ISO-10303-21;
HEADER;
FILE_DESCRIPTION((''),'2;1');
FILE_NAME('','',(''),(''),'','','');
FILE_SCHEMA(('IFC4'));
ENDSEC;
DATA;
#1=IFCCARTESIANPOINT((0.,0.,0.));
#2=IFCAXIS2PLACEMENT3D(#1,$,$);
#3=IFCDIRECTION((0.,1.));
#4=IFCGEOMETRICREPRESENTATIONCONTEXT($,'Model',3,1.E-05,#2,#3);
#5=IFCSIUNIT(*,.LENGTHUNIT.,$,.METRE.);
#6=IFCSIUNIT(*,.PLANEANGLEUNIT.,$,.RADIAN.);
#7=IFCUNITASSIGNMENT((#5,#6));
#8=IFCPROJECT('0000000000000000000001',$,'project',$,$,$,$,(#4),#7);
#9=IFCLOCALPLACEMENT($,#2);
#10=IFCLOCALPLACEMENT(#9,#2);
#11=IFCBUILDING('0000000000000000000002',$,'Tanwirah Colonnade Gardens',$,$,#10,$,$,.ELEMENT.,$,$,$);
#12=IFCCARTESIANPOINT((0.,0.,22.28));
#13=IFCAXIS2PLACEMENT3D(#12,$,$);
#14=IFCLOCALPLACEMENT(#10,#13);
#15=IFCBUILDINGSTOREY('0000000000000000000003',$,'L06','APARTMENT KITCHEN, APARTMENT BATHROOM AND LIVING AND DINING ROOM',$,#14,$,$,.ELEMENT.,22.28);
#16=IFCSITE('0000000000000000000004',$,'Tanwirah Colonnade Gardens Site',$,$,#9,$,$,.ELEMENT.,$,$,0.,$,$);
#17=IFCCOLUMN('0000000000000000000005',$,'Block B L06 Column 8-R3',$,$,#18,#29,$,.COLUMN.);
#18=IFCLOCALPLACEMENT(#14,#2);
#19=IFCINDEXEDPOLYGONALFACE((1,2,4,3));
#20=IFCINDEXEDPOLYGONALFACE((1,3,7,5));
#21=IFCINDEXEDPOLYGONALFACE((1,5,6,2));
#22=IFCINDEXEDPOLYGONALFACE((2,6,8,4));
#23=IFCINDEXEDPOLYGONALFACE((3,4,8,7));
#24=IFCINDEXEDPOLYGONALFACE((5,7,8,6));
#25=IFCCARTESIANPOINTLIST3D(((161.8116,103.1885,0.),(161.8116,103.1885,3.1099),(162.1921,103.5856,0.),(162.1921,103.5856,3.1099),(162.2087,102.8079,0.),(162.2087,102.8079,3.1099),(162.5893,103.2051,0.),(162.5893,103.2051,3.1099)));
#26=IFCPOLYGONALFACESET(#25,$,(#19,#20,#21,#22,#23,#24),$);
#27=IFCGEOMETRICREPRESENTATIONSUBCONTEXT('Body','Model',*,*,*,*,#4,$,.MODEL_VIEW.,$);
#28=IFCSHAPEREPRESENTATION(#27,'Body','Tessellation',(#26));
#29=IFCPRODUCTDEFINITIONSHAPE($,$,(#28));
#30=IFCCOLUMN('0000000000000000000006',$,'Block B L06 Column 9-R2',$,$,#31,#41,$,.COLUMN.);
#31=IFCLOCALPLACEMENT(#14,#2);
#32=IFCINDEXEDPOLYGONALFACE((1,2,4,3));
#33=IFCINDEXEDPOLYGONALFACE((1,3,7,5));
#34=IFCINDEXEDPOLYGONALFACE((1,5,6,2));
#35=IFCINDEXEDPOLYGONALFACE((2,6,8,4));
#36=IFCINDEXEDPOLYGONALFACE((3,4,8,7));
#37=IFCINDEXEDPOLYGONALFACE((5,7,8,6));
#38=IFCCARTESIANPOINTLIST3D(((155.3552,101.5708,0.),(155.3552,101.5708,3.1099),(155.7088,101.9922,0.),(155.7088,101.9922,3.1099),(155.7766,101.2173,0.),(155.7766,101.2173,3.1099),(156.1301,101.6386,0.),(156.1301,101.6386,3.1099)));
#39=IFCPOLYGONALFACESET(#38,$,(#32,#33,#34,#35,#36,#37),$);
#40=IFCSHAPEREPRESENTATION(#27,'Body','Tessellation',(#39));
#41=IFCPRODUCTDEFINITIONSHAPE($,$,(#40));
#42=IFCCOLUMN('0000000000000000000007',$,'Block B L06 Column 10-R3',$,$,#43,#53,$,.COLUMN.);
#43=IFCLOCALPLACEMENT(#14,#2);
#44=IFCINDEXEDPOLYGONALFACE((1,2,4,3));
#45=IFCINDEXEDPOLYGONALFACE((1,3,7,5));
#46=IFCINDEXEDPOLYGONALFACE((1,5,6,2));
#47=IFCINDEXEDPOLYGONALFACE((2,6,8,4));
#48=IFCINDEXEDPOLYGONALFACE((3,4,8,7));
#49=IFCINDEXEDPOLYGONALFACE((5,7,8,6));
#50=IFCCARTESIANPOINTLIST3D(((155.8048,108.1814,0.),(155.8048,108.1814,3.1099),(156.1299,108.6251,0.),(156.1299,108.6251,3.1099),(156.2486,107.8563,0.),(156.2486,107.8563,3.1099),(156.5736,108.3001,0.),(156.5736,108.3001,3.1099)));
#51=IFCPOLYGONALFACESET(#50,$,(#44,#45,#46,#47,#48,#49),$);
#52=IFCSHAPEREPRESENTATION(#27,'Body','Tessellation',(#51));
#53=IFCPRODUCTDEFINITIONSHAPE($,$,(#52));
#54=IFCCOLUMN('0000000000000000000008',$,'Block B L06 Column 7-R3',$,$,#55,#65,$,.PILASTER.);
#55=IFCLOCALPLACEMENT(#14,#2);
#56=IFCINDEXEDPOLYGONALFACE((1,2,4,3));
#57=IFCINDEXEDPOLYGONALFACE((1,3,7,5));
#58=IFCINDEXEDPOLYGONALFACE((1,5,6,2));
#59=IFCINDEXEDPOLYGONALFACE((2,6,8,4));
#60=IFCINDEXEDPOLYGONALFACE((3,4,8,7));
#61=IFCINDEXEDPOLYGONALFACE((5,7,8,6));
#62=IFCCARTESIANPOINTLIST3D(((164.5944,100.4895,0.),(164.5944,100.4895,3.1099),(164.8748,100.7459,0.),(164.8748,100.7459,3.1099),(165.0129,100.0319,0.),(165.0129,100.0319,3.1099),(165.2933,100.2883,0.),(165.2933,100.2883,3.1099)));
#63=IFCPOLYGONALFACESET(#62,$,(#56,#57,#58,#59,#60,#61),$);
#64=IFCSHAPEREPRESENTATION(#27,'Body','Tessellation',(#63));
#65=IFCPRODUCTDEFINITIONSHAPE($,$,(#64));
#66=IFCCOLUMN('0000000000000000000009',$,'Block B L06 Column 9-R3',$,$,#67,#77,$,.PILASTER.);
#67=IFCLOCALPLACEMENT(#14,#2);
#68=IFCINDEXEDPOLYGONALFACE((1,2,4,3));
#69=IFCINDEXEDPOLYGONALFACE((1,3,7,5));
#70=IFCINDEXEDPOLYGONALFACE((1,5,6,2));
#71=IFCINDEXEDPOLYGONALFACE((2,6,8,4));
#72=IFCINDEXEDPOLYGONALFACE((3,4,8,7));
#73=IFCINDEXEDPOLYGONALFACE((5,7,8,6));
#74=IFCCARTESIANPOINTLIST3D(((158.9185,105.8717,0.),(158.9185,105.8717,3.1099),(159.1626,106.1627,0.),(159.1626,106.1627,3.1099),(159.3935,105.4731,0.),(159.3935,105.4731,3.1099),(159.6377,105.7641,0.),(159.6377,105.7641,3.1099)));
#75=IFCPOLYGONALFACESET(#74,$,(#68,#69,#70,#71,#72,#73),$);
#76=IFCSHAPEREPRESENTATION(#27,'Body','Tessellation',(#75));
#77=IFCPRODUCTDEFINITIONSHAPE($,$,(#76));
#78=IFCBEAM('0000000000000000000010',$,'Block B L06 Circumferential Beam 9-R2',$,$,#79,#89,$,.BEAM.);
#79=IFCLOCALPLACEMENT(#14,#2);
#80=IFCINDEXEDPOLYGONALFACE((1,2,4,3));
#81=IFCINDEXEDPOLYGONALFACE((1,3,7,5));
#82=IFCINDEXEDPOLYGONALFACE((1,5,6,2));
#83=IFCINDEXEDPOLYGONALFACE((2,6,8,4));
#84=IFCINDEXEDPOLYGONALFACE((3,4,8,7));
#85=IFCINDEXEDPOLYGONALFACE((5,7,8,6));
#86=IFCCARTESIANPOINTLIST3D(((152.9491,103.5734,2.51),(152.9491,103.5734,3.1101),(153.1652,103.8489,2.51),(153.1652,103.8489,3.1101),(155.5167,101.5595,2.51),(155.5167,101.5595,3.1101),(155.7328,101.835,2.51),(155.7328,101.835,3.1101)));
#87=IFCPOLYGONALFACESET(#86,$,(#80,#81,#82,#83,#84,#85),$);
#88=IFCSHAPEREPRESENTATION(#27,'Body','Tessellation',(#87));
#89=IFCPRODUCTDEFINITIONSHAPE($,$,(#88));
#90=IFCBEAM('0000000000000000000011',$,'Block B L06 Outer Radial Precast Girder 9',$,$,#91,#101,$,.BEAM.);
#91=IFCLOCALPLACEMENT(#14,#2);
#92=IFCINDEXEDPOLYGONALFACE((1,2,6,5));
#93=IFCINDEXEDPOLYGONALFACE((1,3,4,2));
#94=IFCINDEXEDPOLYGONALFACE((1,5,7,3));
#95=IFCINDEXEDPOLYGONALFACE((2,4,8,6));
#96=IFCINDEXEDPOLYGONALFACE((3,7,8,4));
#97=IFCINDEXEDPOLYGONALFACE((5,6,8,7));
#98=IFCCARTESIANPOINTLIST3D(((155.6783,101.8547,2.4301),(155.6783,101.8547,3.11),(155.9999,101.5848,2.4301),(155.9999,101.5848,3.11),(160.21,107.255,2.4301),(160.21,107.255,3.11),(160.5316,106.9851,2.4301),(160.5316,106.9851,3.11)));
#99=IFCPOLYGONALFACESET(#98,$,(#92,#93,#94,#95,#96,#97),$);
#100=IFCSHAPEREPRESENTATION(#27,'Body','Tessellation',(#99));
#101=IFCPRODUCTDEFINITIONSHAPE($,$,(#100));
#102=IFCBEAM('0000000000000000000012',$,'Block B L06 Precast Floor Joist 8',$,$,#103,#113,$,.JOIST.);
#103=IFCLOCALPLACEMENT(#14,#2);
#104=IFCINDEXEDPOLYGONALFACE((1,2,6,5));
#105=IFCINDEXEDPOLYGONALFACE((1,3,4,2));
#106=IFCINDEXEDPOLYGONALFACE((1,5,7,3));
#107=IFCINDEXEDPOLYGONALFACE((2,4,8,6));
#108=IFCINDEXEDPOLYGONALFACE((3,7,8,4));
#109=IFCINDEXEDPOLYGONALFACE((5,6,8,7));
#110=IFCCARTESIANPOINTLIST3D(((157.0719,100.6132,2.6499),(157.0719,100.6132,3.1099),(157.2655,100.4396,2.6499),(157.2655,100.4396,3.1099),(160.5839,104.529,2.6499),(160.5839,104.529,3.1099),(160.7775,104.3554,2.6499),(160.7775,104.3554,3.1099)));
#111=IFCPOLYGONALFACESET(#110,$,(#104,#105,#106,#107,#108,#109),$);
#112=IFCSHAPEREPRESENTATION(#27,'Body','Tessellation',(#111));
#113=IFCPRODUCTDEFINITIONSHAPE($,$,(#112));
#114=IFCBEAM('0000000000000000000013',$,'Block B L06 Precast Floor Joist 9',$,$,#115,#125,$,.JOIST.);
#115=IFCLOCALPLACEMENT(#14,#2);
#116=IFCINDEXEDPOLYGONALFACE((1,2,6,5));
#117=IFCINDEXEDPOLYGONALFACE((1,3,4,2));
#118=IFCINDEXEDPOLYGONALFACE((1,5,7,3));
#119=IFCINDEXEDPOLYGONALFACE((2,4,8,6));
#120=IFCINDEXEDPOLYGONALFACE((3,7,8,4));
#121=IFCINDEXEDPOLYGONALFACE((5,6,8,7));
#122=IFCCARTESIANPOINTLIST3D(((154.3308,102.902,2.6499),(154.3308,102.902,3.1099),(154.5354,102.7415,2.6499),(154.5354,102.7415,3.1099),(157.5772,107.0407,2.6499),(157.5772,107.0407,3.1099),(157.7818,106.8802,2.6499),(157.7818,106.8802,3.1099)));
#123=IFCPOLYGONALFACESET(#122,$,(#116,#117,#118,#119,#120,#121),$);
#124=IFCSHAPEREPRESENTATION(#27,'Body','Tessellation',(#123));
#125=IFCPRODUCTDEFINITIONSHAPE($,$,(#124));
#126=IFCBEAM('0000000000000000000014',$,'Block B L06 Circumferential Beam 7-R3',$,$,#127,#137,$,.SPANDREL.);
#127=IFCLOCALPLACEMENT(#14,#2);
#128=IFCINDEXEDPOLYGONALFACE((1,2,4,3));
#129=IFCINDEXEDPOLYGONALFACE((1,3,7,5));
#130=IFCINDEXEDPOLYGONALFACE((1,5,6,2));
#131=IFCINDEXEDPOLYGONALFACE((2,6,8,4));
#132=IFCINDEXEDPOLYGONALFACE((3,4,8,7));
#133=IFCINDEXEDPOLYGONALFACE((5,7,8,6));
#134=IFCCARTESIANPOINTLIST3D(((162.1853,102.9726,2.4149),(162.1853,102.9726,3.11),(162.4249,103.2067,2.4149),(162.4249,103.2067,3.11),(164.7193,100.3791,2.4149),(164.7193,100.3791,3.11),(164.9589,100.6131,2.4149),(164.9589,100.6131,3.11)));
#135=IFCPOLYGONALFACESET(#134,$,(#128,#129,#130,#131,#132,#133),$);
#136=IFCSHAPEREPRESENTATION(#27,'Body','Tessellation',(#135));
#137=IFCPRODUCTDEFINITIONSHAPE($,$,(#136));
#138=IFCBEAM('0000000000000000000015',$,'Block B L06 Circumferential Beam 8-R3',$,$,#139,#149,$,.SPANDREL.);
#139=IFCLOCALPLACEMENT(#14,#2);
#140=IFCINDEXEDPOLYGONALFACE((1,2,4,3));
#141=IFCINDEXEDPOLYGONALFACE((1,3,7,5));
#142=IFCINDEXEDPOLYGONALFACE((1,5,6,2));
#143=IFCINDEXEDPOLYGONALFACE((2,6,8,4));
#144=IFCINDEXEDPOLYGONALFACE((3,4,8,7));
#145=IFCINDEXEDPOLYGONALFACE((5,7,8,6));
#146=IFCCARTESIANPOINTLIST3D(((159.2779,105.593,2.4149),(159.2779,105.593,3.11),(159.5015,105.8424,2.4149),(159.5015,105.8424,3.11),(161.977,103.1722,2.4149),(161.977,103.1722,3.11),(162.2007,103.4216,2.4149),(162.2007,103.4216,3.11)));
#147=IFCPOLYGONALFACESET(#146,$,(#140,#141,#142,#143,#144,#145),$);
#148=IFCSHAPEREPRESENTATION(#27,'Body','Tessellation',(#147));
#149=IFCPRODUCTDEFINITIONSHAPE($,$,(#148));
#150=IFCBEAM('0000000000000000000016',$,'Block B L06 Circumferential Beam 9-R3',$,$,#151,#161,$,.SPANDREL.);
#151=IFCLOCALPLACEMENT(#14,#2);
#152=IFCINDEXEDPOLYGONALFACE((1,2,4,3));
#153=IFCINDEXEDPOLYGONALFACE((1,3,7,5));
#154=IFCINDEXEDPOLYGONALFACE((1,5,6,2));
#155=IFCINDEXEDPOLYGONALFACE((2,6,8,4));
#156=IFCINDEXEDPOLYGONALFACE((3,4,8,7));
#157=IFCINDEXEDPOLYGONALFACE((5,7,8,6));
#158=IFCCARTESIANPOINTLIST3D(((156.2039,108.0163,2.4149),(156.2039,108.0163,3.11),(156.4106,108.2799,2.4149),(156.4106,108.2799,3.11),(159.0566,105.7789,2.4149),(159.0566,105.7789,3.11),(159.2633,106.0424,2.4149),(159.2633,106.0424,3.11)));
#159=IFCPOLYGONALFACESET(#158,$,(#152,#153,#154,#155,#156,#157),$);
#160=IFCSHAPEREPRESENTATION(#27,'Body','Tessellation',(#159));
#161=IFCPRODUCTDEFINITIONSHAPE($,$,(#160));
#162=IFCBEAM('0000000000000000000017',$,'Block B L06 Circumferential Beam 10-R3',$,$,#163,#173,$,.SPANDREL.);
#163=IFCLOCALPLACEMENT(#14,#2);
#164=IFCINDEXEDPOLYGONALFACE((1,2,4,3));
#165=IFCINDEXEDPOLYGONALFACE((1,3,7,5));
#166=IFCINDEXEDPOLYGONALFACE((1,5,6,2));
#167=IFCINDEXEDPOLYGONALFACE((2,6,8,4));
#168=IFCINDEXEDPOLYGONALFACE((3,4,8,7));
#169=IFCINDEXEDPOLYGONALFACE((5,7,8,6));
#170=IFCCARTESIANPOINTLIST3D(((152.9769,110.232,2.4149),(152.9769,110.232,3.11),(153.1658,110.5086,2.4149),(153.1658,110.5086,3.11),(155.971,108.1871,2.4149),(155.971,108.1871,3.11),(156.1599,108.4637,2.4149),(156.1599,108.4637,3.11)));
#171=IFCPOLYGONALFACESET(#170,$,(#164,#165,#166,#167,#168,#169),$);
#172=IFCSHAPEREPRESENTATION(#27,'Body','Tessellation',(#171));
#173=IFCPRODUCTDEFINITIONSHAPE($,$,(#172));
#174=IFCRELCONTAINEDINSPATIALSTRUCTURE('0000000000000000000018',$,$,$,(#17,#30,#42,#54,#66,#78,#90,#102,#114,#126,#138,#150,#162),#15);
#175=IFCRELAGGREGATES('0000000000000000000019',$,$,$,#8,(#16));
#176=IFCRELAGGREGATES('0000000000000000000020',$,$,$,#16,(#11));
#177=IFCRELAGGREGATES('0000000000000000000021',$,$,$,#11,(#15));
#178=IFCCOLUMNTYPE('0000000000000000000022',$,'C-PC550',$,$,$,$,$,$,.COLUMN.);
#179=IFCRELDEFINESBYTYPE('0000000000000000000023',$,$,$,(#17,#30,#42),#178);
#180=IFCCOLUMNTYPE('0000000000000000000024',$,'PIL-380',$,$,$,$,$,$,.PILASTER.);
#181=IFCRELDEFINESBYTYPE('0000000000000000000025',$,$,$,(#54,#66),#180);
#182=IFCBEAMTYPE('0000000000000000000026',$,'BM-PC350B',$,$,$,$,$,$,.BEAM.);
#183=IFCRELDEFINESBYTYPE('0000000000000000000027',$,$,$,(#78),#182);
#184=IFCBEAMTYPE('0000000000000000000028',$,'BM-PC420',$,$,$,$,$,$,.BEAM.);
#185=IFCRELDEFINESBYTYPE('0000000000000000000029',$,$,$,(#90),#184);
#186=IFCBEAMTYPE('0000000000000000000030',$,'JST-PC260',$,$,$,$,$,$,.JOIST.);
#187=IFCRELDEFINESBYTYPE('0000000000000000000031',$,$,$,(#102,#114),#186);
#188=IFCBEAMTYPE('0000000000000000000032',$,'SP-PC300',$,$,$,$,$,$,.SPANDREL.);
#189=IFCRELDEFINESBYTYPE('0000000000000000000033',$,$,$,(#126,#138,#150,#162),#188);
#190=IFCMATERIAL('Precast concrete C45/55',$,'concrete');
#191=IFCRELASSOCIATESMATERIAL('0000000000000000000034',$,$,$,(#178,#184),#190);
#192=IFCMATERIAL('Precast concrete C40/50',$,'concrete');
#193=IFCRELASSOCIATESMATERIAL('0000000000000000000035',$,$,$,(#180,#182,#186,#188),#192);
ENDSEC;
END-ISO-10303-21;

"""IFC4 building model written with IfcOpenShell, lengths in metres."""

from ifc_helpers import new_model, si_unit, direction, frame, origin, origin_2d, place, context, subcontext, project, spatial, rectangle, extrude, material, material_profile, profile_set, type_object, element, save


model = new_model("IFC4")

# Units and contexts
model_context = context("Model", 3, precision=1e-05, world=origin(), true_north=direction((0.0, 1.0)))
body_context = subcontext(model_context, "Body", "Model", "MODEL_VIEW")
ifc_project = project(units=[si_unit("LENGTHUNIT", "METRE"), si_unit("PLANEANGLEUNIT", "RADIAN")], contexts=[model_context])

# Site, building, storey
site_placement = place(None, origin())
site = spatial("IfcSite", under=ifc_project, at=site_placement, Name="Tanwirah Colonnade Gardens Site", CompositionType="ELEMENT", RefElevation=0.0)
building_placement = place(site_placement, origin())
building = spatial("IfcBuilding", under=site, at=building_placement, Name="Tanwirah Colonnade Gardens", CompositionType="ELEMENT")
storey_placement = place(building_placement, frame((0.0, 0.0, 22.28)))
storey = spatial("IfcBuildingStorey", under=building, at=storey_placement, Name="L06", Description="APARTMENT KITCHEN, APARTMENT BATHROOM AND LIVING AND DINING ROOM", CompositionType="ELEMENT", Elevation=22.28)

# Columns
ifc_material_1 = material(Name="Precast concrete C45/55", Category="concrete")
ifc_material_profile_1 = material_profile(ifc_material_1, rectangle(XDim=0.55, YDim=0.55, at=origin_2d()), Name="PC-COL 550x550")
ifc_profile_set_1 = profile_set([ifc_material_profile_1], Name="Precast concrete C45/55")
column_type_1 = type_object("IfcColumnType", Name="C-PC550", PredefinedType="COLUMN", material=ifc_profile_set_1)
for number, where, z_axis, x_axis, name in (
    (1, (162.2004, 103.1968, 0.0), (0.0, 0.0, 1.0), (0.691863, 0.722029, 0.0), "Block B L06 Column 8-R3"),
    (2, (155.7427, 101.6047, 0.0), (0.0, 0.0, 1.0), (0.642788, 0.766044, 0.0), "Block B L06 Column 9-R2"),
    (3, (156.1892, 108.2407, 0.0), (0.0, 0.0, 1.0), (0.590919, 0.806731, 0.0), "Block B L06 Column 10-R3"),
):
    element("IfcColumn", number, at=place(storey_placement, frame(where, z_axis=z_axis, x_axis=x_axis)), inside=storey, type_object=column_type_1, Name=name, PredefinedType="COLUMN", context=body_context, shape_type="SweptSolid", body=[
        extrude(rectangle(XDim=0.55, YDim=0.55, at=origin_2d()), origin(), (0.0, 0.0, 1.0), 3.1099),
    ])
ifc_material_2 = material(Name="Precast concrete C40/50", Category="concrete")
ifc_material_profile_2 = material_profile(ifc_material_2, rectangle(XDim=0.3799, YDim=0.6201, at=origin_2d()), Name="PC-PIL 380x620")
ifc_profile_set_2 = profile_set([ifc_material_profile_2], Name="Precast concrete C40/50")
column_type_2 = type_object("IfcColumnType", Name="PIL-380", PredefinedType="PILASTER", material=ifc_profile_set_2)
for number, where, z_axis, x_axis, name in (
    (4, (164.9438, 100.3889, 0.0), (0.0, 0.0, 1.0), (0.737932, 0.674875, 0.0), "Block B L06 Column 7-R3"),
    (5, (159.2781, 105.8179, 0.0), (0.0, 0.0, 1.0), (0.642788, 0.766044, 0.0), "Block B L06 Column 9-R3"),
):
    element("IfcColumn", number, at=place(storey_placement, frame(where, z_axis=z_axis, x_axis=x_axis)), inside=storey, type_object=column_type_2, Name=name, PredefinedType="PILASTER", context=body_context, shape_type="SweptSolid", body=[
        extrude(rectangle(XDim=0.3799, YDim=0.6201, at=origin_2d()), origin(), (0.0, 0.0, 1.0), 3.1099),
    ])

# Beams
ifc_material_profile_3 = material_profile(ifc_material_2, rectangle(XDim=0.3501, YDim=0.6001, at=origin_2d()), Name="PC-BM 350x600")
ifc_profile_set_3 = profile_set([ifc_material_profile_3], Name="Precast concrete C40/50")
beam_type_1 = type_object("IfcBeamType", Name="BM-PC350B", PredefinedType="BEAM", material=ifc_profile_set_3)
beam_1_placement = place(storey_placement, frame((155.6248, 101.6973, 2.8101), z_axis=(-0.78684, 0.617157, 0.0), x_axis=(-0.617157, -0.78684, 0.0)))
element("IfcBeam", 6, at=beam_1_placement, inside=storey, type_object=beam_type_1, Name="Block B L06 Circumferential Beam 9-R2", PredefinedType="BEAM", context=body_context, shape_type="SweptSolid", body=[
    extrude(rectangle(XDim=0.3501, YDim=0.6001, at=origin_2d()), origin(), (0.0, 0.0, 1.0), 3.2632),
])
ifc_material_profile_4 = material_profile(ifc_material_1, rectangle(XDim=0.4199, YDim=0.6799, at=origin_2d()), Name="PC-BM 420x680")
ifc_profile_set_4 = profile_set([ifc_material_profile_4], Name="Precast concrete C45/55")
beam_type_2 = type_object("IfcBeamType", Name="BM-PC420", PredefinedType="BEAM", material=ifc_profile_set_4)
beam_2_placement = place(storey_placement, frame((155.8391, 101.7197, 2.77), z_axis=(0.64281, 0.766025, 0.0), x_axis=(-0.766025, 0.64281, 0.0)))
element("IfcBeam", 7, at=beam_2_placement, inside=storey, type_object=beam_type_2, Name="Block B L06 Outer Radial Precast Girder 9", PredefinedType="BEAM", context=body_context, shape_type="SweptSolid", body=[
    extrude(rectangle(XDim=0.4199, YDim=0.6799, at=origin_2d()), origin(), (0.0, 0.0, 1.0), 7.0498),
])
ifc_material_profile_5 = material_profile(ifc_material_2, rectangle(XDim=0.26, YDim=0.46, at=origin_2d()), Name="PC-JST 260x460")
ifc_profile_set_5 = profile_set([ifc_material_profile_5], Name="Precast concrete C40/50")
beam_type_3 = type_object("IfcBeamType", Name="JST-PC260", PredefinedType="JOIST", material=ifc_profile_set_5)
for number, where, z_axis, x_axis, name in (
    (8, (157.1687, 100.5264, 2.8799), (0.667679, 0.744449, 0.0), (-0.744449, 0.667679, 0.0), "Block B L06 Precast Floor Joist 8"),
    (9, (154.4331, 102.8218, 2.8799), (0.617178, 0.786824, 0.0), (-0.786824, 0.617178, 0.0), "Block B L06 Precast Floor Joist 9"),
):
    element("IfcBeam", number, at=place(storey_placement, frame(where, z_axis=z_axis, x_axis=x_axis)), inside=storey, type_object=beam_type_3, Name=name, PredefinedType="JOIST", context=body_context, shape_type="SweptSolid", body=[
        extrude(rectangle(XDim=0.26, YDim=0.46, at=origin_2d()), origin(), (0.0, 0.0, 1.0), 5.26),
    ])
ifc_material_profile_6 = material_profile(ifc_material_2, rectangle(XDim=0.335, YDim=0.6951, at=origin_2d()), Name="PC-SP 335x695")
ifc_profile_set_6 = profile_set([ifc_material_profile_6], Name="Precast concrete C40/50")
beam_type_4 = type_object("IfcBeamType", Name="SP-PC300", PredefinedType="SPANDREL", material=ifc_profile_set_6)
beam_3_placement = place(storey_placement, frame((164.8391, 100.4961, 2.7625), z_axis=(-0.698844, 0.715274, 0.0), x_axis=(-0.715274, -0.698844, 0.0)))
element("IfcBeam", 10, at=beam_3_placement, inside=storey, type_object=beam_type_4, Name="Block B L06 Circumferential Beam 7-R3", PredefinedType="SPANDREL", context=body_context, shape_type="SweptSolid", body=[
    extrude(rectangle(XDim=0.335, YDim=0.6951, at=origin_2d()), origin(), (0.0, 0.0, 1.0), 3.626),
])
beam_4_placement = place(storey_placement, frame((162.0889, 103.2969, 2.7625), z_axis=(-0.744445, 0.667684, 0.0), x_axis=(-0.667684, -0.744445, 0.0)))
element("IfcBeam", 11, at=beam_4_placement, inside=storey, type_object=beam_type_4, Name="Block B L06 Circumferential Beam 8-R3", PredefinedType="SPANDREL", context=body_context, shape_type="SweptSolid", body=[
    extrude(rectangle(XDim=0.335, YDim=0.6951, at=origin_2d()), origin(), (0.0, 0.0, 1.0), 3.6257),
])
beam_5_placement = place(storey_placement, frame((159.1599, 105.9106, 2.7625), z_axis=(-0.786844, 0.617152, 0.0), x_axis=(-0.617152, -0.786844, 0.0)))
element("IfcBeam", 12, at=beam_5_placement, inside=storey, type_object=beam_type_4, Name="Block B L06 Circumferential Beam 9-R3", PredefinedType="SPANDREL", context=body_context, shape_type="SweptSolid", body=[
    extrude(rectangle(XDim=0.335, YDim=0.6951, at=origin_2d()), origin(), (0.0, 0.0, 1.0), 3.6255),
])
beam_6_placement = place(storey_placement, frame((156.0654, 108.3254, 2.7625), z_axis=(-0.825783, 0.563989, 0.0), x_axis=(-0.563989, -0.825783, 0.0)))
element("IfcBeam", 13, at=beam_6_placement, inside=storey, type_object=beam_type_4, Name="Block B L06 Circumferential Beam 10-R3", PredefinedType="SPANDREL", context=body_context, shape_type="SweptSolid", body=[
    extrude(rectangle(XDim=0.335, YDim=0.6951, at=origin_2d()), origin(), (0.0, 0.0, 1.0), 3.6257),
])

save(model, "model.ifc")
